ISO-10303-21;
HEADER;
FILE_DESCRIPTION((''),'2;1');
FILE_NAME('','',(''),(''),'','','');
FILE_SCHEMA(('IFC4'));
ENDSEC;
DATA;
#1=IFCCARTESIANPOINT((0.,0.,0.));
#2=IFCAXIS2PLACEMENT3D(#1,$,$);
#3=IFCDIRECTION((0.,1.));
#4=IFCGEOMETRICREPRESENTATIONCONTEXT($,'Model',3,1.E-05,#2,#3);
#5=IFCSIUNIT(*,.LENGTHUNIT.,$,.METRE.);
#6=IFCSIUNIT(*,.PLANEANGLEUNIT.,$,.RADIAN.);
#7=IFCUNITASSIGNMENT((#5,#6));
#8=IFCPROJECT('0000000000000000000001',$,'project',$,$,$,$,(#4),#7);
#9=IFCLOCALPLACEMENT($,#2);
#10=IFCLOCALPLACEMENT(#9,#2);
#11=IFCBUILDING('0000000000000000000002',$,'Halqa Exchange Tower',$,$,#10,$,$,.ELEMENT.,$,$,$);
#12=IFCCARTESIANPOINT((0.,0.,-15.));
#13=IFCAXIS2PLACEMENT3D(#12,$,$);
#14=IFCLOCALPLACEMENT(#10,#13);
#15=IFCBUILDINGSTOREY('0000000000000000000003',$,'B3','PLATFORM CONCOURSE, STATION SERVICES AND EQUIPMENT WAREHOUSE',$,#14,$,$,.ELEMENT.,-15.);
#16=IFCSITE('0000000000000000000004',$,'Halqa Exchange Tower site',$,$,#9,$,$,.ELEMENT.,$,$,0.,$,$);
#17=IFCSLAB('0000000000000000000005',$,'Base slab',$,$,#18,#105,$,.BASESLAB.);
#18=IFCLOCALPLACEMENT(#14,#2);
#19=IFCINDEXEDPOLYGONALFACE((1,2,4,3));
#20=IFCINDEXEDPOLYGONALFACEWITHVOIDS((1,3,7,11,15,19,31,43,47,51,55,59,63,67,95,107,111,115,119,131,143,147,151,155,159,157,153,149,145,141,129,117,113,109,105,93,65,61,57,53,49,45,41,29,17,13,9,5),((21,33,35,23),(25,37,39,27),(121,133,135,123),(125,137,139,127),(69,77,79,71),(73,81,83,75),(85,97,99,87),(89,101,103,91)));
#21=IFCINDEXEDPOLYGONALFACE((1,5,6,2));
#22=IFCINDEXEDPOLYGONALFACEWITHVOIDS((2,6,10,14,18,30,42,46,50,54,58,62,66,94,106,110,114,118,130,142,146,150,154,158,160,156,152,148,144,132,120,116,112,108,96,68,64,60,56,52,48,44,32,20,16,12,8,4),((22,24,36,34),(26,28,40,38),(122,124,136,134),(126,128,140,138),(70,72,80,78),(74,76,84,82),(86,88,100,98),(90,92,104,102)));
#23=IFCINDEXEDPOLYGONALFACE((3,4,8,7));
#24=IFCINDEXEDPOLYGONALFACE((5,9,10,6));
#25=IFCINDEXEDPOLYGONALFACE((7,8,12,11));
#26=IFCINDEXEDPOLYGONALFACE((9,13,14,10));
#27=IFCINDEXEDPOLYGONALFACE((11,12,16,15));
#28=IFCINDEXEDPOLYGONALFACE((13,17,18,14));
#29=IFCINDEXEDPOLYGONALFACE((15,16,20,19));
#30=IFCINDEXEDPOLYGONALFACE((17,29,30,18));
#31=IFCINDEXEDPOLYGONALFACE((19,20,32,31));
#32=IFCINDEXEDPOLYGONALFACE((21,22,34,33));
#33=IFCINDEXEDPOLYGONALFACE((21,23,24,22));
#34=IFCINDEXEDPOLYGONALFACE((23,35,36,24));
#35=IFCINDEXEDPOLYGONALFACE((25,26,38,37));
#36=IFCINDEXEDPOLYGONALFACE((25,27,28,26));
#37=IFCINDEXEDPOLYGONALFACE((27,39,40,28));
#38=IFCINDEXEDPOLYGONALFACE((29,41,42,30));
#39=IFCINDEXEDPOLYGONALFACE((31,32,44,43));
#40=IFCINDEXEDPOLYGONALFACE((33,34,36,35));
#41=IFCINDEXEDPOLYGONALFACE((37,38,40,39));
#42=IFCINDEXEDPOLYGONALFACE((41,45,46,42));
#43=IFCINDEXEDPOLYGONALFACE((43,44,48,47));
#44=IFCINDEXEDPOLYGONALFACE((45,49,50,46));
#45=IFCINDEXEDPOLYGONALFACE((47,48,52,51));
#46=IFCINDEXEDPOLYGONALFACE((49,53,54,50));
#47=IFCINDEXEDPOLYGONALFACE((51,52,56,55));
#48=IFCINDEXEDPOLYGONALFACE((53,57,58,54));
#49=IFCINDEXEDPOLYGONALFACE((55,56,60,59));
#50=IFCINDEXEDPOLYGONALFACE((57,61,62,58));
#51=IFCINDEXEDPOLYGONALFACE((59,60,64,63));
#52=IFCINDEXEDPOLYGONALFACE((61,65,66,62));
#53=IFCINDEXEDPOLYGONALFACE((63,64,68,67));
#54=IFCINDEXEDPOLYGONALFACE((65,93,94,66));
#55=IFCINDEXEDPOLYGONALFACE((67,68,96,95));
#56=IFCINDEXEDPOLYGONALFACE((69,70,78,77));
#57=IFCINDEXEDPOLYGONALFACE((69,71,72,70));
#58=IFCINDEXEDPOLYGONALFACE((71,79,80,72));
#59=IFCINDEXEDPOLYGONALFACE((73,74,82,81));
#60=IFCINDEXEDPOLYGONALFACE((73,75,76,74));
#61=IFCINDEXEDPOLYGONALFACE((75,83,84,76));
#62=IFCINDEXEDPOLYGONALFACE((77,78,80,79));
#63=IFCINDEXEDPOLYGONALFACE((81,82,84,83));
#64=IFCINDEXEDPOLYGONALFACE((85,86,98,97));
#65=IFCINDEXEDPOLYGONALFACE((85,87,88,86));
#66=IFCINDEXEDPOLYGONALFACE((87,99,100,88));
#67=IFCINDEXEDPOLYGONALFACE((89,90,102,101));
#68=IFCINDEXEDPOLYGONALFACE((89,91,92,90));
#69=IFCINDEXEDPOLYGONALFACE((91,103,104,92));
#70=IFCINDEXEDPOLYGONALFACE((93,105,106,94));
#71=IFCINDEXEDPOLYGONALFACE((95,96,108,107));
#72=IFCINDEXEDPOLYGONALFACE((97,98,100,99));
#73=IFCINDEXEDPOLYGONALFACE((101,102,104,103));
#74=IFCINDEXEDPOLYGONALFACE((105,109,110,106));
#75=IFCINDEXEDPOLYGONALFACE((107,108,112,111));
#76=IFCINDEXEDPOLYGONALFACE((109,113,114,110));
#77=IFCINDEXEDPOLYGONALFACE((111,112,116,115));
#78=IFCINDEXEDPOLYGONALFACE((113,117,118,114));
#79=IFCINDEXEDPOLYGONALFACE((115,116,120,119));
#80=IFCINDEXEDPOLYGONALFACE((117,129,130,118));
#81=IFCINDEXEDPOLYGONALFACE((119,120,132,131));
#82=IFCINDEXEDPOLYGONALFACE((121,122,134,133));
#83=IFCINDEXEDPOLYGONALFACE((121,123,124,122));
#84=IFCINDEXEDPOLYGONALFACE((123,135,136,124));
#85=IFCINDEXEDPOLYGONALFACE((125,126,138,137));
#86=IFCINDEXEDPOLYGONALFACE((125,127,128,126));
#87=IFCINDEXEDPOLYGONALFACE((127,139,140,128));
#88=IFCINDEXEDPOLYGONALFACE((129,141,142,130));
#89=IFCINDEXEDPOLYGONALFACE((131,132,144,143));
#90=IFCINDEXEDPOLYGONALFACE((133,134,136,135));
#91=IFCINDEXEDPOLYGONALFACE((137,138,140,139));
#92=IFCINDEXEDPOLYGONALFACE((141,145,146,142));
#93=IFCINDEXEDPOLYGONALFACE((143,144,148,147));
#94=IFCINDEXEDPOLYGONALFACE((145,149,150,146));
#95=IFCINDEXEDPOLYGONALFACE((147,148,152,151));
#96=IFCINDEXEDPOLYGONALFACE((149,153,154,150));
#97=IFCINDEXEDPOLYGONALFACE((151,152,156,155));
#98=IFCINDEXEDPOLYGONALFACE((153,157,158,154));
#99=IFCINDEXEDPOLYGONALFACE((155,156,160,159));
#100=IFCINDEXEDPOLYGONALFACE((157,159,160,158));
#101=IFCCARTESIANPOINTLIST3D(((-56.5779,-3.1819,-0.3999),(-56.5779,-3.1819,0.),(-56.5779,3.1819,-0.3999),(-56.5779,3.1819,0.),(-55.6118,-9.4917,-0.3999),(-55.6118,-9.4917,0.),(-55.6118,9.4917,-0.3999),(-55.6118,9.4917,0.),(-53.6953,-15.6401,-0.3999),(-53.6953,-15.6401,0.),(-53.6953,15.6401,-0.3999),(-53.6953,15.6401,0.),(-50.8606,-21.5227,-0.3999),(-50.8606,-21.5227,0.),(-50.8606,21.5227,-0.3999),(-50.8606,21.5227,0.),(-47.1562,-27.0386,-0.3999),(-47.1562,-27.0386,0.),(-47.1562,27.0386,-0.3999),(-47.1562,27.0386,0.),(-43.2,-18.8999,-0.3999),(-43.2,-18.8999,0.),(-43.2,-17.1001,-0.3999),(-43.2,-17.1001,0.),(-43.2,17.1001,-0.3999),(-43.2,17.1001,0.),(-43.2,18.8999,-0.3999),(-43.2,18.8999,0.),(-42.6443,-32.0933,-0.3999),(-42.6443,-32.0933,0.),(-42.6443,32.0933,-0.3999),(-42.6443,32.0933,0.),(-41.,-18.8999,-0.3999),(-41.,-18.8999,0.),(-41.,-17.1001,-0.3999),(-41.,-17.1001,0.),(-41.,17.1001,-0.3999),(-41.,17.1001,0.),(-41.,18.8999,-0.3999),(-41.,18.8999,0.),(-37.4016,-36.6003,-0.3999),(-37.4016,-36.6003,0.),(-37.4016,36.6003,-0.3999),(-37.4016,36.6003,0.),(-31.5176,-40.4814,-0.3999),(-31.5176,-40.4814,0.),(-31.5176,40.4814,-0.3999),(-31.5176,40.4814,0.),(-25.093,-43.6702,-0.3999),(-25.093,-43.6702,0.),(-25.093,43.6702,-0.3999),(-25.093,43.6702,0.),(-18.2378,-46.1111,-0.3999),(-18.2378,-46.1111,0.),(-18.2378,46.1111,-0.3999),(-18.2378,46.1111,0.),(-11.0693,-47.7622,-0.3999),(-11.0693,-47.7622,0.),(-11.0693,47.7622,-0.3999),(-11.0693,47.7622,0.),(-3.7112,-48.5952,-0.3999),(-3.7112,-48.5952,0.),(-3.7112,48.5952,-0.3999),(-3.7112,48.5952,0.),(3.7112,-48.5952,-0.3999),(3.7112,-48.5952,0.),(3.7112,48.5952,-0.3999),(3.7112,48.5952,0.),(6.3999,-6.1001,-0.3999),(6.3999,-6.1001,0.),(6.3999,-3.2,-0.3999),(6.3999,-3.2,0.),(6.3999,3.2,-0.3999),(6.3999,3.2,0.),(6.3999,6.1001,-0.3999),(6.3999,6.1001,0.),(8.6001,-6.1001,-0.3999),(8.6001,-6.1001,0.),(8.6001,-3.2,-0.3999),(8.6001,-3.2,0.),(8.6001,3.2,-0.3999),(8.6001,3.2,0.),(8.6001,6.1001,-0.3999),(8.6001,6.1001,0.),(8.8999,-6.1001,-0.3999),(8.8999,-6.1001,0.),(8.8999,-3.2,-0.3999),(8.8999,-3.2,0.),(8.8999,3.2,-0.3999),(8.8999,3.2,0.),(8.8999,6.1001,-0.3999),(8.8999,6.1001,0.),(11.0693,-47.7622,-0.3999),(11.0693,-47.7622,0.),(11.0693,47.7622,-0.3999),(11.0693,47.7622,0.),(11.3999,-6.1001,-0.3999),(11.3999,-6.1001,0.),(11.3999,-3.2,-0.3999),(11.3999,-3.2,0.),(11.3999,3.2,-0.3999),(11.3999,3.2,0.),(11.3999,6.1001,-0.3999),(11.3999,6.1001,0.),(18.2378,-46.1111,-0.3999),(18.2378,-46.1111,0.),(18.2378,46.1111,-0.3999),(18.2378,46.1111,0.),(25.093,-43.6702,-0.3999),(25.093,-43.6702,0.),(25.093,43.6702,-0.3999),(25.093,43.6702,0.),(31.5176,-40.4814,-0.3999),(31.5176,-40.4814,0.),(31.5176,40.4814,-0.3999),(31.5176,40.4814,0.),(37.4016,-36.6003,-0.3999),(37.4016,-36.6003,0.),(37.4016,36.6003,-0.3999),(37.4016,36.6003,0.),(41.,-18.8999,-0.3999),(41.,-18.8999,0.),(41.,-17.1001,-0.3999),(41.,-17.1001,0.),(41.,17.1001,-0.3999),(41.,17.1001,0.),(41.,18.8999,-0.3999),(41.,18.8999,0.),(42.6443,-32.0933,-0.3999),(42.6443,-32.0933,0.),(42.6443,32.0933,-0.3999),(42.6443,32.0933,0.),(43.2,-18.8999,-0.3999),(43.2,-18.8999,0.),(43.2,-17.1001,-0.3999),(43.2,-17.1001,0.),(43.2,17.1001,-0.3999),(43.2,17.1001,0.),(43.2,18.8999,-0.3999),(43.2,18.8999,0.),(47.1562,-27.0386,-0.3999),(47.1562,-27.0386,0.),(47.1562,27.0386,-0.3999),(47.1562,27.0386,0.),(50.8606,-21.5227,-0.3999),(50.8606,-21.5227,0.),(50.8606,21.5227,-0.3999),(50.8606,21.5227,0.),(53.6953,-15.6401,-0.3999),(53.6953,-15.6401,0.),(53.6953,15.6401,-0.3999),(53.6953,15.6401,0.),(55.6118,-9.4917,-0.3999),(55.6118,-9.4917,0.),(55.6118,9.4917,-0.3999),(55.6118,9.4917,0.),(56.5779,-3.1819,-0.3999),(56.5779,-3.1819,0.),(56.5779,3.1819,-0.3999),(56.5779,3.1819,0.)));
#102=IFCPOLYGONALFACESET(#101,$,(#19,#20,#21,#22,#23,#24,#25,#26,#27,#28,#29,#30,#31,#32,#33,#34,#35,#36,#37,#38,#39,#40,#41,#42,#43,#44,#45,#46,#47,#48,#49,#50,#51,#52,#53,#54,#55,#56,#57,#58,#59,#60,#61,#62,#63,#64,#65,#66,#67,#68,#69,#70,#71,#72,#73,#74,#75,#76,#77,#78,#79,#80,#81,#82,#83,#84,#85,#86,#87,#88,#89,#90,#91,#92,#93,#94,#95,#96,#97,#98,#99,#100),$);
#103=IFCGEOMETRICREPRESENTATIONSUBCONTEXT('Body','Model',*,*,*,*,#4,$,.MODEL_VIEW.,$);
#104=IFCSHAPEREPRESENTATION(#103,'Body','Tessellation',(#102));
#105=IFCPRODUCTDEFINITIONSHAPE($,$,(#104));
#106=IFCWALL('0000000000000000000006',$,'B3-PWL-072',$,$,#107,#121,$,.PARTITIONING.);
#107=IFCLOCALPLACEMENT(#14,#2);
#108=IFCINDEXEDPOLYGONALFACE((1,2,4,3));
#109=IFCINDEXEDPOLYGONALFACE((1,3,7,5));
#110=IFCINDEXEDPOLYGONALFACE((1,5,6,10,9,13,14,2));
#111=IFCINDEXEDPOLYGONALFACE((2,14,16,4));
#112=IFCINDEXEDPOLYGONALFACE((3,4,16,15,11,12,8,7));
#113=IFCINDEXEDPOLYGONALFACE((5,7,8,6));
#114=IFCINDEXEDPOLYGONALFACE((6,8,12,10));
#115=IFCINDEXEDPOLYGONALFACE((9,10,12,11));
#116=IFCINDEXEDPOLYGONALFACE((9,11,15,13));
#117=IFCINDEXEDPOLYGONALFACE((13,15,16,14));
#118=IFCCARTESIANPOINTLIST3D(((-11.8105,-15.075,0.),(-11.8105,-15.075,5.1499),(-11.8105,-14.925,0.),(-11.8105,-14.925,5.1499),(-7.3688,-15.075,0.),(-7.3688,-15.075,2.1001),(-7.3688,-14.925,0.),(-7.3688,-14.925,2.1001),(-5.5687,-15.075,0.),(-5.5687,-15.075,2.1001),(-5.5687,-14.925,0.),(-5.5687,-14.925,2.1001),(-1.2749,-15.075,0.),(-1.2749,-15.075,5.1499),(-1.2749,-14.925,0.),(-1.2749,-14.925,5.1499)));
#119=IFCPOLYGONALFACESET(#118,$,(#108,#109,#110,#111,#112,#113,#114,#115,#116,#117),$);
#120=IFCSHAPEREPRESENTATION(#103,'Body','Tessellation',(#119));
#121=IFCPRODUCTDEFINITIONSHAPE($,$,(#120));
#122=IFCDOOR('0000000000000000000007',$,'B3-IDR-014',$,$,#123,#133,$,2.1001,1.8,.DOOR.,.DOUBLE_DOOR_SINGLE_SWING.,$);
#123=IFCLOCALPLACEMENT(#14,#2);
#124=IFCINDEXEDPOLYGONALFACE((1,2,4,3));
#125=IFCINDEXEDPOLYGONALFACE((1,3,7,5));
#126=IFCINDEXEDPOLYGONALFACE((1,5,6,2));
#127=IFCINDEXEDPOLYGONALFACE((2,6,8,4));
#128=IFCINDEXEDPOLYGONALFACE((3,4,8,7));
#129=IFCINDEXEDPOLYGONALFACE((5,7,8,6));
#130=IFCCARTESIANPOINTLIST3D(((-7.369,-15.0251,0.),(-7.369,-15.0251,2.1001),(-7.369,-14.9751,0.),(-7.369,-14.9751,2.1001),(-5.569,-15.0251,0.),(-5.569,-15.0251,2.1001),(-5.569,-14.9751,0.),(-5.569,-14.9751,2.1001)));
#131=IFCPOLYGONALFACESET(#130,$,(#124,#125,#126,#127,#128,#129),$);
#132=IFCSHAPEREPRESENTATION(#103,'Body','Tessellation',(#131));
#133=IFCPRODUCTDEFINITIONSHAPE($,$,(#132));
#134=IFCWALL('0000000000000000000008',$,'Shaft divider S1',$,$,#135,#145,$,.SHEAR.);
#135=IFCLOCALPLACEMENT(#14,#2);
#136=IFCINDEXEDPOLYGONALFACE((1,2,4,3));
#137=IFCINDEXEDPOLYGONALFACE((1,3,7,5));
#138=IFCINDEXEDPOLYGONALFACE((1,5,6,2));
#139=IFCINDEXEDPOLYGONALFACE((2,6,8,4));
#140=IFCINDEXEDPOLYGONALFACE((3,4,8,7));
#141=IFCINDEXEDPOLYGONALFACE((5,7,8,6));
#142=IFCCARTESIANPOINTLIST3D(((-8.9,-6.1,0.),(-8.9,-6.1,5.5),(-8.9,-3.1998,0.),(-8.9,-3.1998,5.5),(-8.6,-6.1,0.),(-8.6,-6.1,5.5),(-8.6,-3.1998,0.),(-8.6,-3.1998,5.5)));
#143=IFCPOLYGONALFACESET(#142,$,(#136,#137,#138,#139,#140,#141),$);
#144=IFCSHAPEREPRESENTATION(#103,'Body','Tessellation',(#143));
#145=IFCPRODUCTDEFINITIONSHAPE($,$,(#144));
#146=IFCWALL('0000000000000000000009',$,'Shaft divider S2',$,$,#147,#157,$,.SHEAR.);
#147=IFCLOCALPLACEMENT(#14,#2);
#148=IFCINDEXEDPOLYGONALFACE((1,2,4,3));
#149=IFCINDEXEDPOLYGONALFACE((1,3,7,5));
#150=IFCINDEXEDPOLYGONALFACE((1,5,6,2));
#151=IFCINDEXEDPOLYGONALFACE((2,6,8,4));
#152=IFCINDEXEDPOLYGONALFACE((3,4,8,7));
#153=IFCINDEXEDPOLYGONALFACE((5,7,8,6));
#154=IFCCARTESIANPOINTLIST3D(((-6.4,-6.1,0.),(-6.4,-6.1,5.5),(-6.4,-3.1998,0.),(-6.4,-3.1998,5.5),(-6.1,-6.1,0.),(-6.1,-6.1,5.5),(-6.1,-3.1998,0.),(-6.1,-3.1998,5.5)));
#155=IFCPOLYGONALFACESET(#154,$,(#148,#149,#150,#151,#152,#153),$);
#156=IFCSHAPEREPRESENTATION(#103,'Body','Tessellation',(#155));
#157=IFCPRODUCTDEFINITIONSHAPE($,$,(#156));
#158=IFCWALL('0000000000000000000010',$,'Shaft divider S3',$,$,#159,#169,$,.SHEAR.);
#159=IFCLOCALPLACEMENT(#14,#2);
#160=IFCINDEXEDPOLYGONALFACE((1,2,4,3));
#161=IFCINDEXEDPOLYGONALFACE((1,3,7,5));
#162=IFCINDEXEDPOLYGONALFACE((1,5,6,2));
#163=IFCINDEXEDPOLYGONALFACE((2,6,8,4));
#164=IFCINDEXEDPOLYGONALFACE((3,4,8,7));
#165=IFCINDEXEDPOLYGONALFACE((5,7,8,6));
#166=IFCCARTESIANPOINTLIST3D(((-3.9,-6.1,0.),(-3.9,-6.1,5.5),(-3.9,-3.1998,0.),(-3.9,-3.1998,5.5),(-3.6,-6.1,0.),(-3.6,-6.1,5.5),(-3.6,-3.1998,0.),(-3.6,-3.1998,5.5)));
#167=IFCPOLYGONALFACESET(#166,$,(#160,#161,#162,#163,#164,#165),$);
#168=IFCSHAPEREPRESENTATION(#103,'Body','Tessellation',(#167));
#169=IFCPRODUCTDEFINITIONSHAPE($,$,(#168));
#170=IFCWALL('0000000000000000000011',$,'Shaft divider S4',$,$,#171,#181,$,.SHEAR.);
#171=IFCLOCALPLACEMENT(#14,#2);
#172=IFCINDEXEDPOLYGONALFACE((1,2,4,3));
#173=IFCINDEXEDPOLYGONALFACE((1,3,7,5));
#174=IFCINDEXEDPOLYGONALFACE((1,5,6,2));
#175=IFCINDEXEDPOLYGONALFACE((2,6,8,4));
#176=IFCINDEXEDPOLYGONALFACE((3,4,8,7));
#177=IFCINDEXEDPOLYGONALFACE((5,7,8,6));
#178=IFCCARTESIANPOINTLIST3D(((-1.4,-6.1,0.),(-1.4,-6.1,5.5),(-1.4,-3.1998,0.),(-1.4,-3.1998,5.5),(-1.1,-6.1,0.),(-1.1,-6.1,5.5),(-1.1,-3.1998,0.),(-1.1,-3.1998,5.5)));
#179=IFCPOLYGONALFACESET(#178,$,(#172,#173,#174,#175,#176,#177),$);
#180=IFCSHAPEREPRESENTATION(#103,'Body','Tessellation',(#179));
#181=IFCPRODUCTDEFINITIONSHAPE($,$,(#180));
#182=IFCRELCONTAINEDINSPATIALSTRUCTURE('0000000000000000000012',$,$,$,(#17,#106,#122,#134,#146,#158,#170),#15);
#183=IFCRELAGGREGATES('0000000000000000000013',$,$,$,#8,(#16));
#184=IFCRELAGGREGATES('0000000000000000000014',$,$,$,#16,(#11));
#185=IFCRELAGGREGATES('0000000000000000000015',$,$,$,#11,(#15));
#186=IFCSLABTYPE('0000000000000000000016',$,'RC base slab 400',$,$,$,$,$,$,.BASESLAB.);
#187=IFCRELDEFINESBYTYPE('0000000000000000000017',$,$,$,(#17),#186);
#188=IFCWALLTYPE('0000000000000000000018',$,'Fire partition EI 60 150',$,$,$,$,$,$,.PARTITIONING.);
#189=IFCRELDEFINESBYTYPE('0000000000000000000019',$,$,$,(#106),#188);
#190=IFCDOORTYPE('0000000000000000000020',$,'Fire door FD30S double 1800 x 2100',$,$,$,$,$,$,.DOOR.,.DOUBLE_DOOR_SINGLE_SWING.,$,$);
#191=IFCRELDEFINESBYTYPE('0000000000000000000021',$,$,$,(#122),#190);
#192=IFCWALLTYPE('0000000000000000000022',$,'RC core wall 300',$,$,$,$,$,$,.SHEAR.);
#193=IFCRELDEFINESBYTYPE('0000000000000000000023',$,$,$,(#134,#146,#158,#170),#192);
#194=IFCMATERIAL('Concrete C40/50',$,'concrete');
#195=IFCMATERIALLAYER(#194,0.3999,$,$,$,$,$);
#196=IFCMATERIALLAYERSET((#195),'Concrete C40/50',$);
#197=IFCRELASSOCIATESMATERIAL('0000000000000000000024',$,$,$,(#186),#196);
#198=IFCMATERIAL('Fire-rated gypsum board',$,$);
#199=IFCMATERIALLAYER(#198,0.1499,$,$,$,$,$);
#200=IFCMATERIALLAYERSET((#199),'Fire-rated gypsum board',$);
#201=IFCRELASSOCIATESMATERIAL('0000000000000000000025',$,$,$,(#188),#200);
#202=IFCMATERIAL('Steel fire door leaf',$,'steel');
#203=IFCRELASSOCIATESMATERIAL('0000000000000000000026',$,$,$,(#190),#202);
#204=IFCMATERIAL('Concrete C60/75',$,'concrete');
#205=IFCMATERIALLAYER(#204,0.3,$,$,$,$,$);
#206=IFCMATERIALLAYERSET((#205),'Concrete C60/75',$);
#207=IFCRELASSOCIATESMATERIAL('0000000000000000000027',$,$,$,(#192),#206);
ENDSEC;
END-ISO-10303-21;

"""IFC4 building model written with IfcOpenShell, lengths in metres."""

from ifc_helpers import new_model, si_unit, direction, frame, frame_2d, origin, place, context, subcontext, project, spatial, polyline, rectangle, outline, extrude, material, layer, layer_set, type_object, element, fill, save


model = new_model("IFC4")

# Units and contexts
model_context = context("Model", 3, precision=1e-05, world=origin(), true_north=direction((0.0, 1.0)))
body_context = subcontext(model_context, "Body", "Model", "MODEL_VIEW")
ifc_project = project(units=[si_unit("LENGTHUNIT", "METRE"), si_unit("PLANEANGLEUNIT", "RADIAN")], contexts=[model_context])

# Site, building, storey
site_placement = place(None, origin())
site = spatial("IfcSite", under=ifc_project, at=site_placement, Name="Halqa Exchange Tower site", CompositionType="ELEMENT", RefElevation=0.0)
building_placement = place(site_placement, origin())
building = spatial("IfcBuilding", under=site, at=building_placement, Name="Halqa Exchange Tower", CompositionType="ELEMENT")
storey_placement = place(building_placement, frame((0.0, 0.0, -15.0)))
storey = spatial("IfcBuildingStorey", under=building, at=storey_placement, Name="B3", Description="PLATFORM CONCOURSE, STATION SERVICES AND EQUIPMENT WAREHOUSE", CompositionType="ELEMENT", Elevation=-15.0)

# Shared definitions
ifc_material_1 = material(Name="Concrete C40/50", Category="concrete")

# Slab
ifc_layer_1 = layer(ifc_material_1, 0.3999)
ifc_layer_set_1 = layer_set([ifc_layer_1], Name="Concrete C40/50")
slab_type = type_object("IfcSlabType", Name="RC base slab 400", PredefinedType="BASESLAB", material=ifc_layer_set_1)
slab_placement = place(storey_placement, frame((0.0, 0.0, -0.3999)))
element("IfcSlab", 1, at=slab_placement, inside=storey, type_object=slab_type, Name="Base slab", PredefinedType="BASESLAB", context=body_context, shape_type="SweptSolid", body=[
    extrude(outline(polyline([(56.5779, 3.1819), (56.5779, -3.1819), (55.6118, -9.4917), (53.6953, -15.6401), (50.8606, -21.5227), (47.1562, -27.0386), (42.6443, -32.0933), (37.4016, -36.6003), (31.5176, -40.4814), (25.093, -43.6702), (18.2378, -46.1111), (11.0693, -47.7622), (3.7112, -48.5952), (-3.7112, -48.5952), (-11.0693, -47.7622), (-18.2378, -46.1111), (-25.093, -43.6702), (-31.5176, -40.4814), (-37.4016, -36.6003), (-42.6443, -32.0933), (-47.1562, -27.0386), (-50.8606, -21.5227), (-53.6953, -15.6401), (-55.6118, -9.4917), (-56.5779, -3.1819), (-56.5779, 3.1819), (-55.6118, 9.4917), (-53.6953, 15.6401), (-50.8606, 21.5227), (-47.1562, 27.0386), (-42.6443, 32.0933), (-37.4016, 36.6003), (-31.5176, 40.4814), (-25.093, 43.6702), (-18.2378, 46.1111), (-11.0693, 47.7622), (-3.7112, 48.5952), (3.7112, 48.5952), (11.0693, 47.7622), (18.2378, 46.1111), (25.093, 43.6702), (31.5176, 40.4814), (37.4016, 36.6003), (42.6443, 32.0933), (47.1562, 27.0386), (50.8606, 21.5227), (53.6953, 15.6401), (55.6118, 9.4917), (56.5779, 3.1819)]), holes=[polyline([(6.3999, 3.2), (8.6001, 3.2), (8.6001, 6.1001), (6.3999, 6.1001), (6.3999, 3.2)]), polyline([(8.8999, 3.2), (11.3999, 3.2), (11.3999, 6.1001), (8.8999, 6.1001), (8.8999, 3.2)]), polyline([(6.3999, -6.1001), (8.6001, -6.1001), (8.6001, -3.2), (6.3999, -3.2), (6.3999, -6.1001)]), polyline([(8.8999, -6.1001), (11.3999, -6.1001), (11.3999, -3.2), (8.8999, -3.2), (8.8999, -6.1001)]), polyline([(41.0, 17.1001), (43.2, 17.1001), (43.2, 18.8999), (41.0, 18.8999), (41.0, 17.1001)]), polyline([(41.0, -18.8999), (43.2, -18.8999), (43.2, -17.1001), (41.0, -17.1001), (41.0, -18.8999)]), polyline([(-43.2, 17.1001), (-41.0, 17.1001), (-41.0, 18.8999), (-43.2, 18.8999), (-43.2, 17.1001)]), polyline([(-43.2, -18.8999), (-41.0, -18.8999), (-41.0, -17.1001), (-43.2, -17.1001), (-43.2, -18.8999)])]), origin(), (0.0, 0.0, 1.0), 0.3999),
])

# Wall, opening, door
ifc_material_2 = material(Name="Fire-rated gypsum board")
ifc_layer_2 = layer(ifc_material_2, 0.1499)
ifc_layer_set_2 = layer_set([ifc_layer_2], Name="Fire-rated gypsum board")
wall_type_1 = type_object("IfcWallType", Name="Fire partition EI 60 150", PredefinedType="PARTITIONING", material=ifc_layer_set_2)
wall_placement = place(storey_placement, frame((-1.2749, -15.0, 0.0), z_axis=(0.0, 0.0, 1.0), x_axis=(-1.0, 0.0, 0.0)))
wall = element("IfcWall", 2, at=wall_placement, inside=storey, type_object=wall_type_1, Name="B3-PWL-072", PredefinedType="PARTITIONING", context=body_context, shape_type="SweptSolid", body=[
    extrude(rectangle(XDim=10.5356, YDim=0.1499, at=frame_2d((5.2678, 0.0))), origin(), (0.0, 0.0, 1.0), 5.1499),
])
opening_placement = place(wall_placement, frame((4.2939, 0.0, 0.0)))
opening = element("IfcOpeningElement", 3, at=opening_placement, cuts=wall, PredefinedType="OPENING", context=body_context, shape_type="SweptSolid", body=[
    extrude(rectangle(XDim=1.8, YDim=2.1001, at=frame_2d((0.8999, 1.05))), frame((0.0, 0.0869, 0.0), z_axis=(0.0, -1.0, 0.0), x_axis=(1.0, 0.0, 0.0)), (0.0, 0.0, 1.0), 0.1738),
])
ifc_material_3 = material(Name="Steel fire door leaf", Category="steel")
door_type = type_object("IfcDoorType", Name="Fire door FD30S double 1800 x 2100", OperationType="DOUBLE_DOOR_SINGLE_SWING", PredefinedType="DOOR", material=ifc_material_3)
door_placement = place(opening_placement, frame((1.8, 0.0, 0.0), z_axis=(0.0, 0.0, 1.0), x_axis=(-1.0, 0.0, 0.0)))
door = element("IfcDoor", 4, at=door_placement, inside=storey, type_object=door_type, Name="B3-IDR-014", OperationType="DOUBLE_DOOR_SINGLE_SWING", OverallHeight=2.1001, OverallWidth=1.8, PredefinedType="DOOR", context=body_context, shape_type="SweptSolid", body=[
    extrude(rectangle(XDim=1.8, YDim=2.1001, at=frame_2d((0.8999, 1.05))), frame((0.0, 0.0249, 0.0), z_axis=(0.0, -1.0, 0.0), x_axis=(1.0, 0.0, 0.0)), (0.0, 0.0, 1.0), 0.05),
])
fill(opening, door)

# Walls
ifc_material_4 = material(Name="Concrete C60/75", Category="concrete")
ifc_layer_3 = layer(ifc_material_4, 0.3)
ifc_layer_set_3 = layer_set([ifc_layer_3], Name="Concrete C60/75")
wall_type_2 = type_object("IfcWallType", Name="RC core wall 300", PredefinedType="SHEAR", material=ifc_layer_set_3)
for number, where, z_axis, x_axis, name in (
    (5, (-8.75, -6.1001, 0.0), (0.0, 0.0, 1.0), (0.0, 1.0, 0.0), "Shaft divider S1"),
    (6, (-6.25, -6.1001, 0.0), (0.0, 0.0, 1.0), (0.0, 1.0, 0.0), "Shaft divider S2"),
    (7, (-3.75, -6.1001, 0.0), (0.0, 0.0, 1.0), (0.0, 1.0, 0.0), "Shaft divider S3"),
    (8, (-1.25, -6.1001, 0.0), (0.0, 0.0, 1.0), (0.0, 1.0, 0.0), "Shaft divider S4"),
):
    element("IfcWall", number, at=place(storey_placement, frame(where, z_axis=z_axis, x_axis=x_axis)), inside=storey, type_object=wall_type_2, Name=name, PredefinedType="SHEAR", context=body_context, shape_type="SweptSolid", body=[
        extrude(rectangle(XDim=2.9001, YDim=0.3, at=frame_2d((1.4502, 0.0))), origin(), (0.0, 0.0, 1.0), 5.5),
    ])

save(model, "model.ifc")
